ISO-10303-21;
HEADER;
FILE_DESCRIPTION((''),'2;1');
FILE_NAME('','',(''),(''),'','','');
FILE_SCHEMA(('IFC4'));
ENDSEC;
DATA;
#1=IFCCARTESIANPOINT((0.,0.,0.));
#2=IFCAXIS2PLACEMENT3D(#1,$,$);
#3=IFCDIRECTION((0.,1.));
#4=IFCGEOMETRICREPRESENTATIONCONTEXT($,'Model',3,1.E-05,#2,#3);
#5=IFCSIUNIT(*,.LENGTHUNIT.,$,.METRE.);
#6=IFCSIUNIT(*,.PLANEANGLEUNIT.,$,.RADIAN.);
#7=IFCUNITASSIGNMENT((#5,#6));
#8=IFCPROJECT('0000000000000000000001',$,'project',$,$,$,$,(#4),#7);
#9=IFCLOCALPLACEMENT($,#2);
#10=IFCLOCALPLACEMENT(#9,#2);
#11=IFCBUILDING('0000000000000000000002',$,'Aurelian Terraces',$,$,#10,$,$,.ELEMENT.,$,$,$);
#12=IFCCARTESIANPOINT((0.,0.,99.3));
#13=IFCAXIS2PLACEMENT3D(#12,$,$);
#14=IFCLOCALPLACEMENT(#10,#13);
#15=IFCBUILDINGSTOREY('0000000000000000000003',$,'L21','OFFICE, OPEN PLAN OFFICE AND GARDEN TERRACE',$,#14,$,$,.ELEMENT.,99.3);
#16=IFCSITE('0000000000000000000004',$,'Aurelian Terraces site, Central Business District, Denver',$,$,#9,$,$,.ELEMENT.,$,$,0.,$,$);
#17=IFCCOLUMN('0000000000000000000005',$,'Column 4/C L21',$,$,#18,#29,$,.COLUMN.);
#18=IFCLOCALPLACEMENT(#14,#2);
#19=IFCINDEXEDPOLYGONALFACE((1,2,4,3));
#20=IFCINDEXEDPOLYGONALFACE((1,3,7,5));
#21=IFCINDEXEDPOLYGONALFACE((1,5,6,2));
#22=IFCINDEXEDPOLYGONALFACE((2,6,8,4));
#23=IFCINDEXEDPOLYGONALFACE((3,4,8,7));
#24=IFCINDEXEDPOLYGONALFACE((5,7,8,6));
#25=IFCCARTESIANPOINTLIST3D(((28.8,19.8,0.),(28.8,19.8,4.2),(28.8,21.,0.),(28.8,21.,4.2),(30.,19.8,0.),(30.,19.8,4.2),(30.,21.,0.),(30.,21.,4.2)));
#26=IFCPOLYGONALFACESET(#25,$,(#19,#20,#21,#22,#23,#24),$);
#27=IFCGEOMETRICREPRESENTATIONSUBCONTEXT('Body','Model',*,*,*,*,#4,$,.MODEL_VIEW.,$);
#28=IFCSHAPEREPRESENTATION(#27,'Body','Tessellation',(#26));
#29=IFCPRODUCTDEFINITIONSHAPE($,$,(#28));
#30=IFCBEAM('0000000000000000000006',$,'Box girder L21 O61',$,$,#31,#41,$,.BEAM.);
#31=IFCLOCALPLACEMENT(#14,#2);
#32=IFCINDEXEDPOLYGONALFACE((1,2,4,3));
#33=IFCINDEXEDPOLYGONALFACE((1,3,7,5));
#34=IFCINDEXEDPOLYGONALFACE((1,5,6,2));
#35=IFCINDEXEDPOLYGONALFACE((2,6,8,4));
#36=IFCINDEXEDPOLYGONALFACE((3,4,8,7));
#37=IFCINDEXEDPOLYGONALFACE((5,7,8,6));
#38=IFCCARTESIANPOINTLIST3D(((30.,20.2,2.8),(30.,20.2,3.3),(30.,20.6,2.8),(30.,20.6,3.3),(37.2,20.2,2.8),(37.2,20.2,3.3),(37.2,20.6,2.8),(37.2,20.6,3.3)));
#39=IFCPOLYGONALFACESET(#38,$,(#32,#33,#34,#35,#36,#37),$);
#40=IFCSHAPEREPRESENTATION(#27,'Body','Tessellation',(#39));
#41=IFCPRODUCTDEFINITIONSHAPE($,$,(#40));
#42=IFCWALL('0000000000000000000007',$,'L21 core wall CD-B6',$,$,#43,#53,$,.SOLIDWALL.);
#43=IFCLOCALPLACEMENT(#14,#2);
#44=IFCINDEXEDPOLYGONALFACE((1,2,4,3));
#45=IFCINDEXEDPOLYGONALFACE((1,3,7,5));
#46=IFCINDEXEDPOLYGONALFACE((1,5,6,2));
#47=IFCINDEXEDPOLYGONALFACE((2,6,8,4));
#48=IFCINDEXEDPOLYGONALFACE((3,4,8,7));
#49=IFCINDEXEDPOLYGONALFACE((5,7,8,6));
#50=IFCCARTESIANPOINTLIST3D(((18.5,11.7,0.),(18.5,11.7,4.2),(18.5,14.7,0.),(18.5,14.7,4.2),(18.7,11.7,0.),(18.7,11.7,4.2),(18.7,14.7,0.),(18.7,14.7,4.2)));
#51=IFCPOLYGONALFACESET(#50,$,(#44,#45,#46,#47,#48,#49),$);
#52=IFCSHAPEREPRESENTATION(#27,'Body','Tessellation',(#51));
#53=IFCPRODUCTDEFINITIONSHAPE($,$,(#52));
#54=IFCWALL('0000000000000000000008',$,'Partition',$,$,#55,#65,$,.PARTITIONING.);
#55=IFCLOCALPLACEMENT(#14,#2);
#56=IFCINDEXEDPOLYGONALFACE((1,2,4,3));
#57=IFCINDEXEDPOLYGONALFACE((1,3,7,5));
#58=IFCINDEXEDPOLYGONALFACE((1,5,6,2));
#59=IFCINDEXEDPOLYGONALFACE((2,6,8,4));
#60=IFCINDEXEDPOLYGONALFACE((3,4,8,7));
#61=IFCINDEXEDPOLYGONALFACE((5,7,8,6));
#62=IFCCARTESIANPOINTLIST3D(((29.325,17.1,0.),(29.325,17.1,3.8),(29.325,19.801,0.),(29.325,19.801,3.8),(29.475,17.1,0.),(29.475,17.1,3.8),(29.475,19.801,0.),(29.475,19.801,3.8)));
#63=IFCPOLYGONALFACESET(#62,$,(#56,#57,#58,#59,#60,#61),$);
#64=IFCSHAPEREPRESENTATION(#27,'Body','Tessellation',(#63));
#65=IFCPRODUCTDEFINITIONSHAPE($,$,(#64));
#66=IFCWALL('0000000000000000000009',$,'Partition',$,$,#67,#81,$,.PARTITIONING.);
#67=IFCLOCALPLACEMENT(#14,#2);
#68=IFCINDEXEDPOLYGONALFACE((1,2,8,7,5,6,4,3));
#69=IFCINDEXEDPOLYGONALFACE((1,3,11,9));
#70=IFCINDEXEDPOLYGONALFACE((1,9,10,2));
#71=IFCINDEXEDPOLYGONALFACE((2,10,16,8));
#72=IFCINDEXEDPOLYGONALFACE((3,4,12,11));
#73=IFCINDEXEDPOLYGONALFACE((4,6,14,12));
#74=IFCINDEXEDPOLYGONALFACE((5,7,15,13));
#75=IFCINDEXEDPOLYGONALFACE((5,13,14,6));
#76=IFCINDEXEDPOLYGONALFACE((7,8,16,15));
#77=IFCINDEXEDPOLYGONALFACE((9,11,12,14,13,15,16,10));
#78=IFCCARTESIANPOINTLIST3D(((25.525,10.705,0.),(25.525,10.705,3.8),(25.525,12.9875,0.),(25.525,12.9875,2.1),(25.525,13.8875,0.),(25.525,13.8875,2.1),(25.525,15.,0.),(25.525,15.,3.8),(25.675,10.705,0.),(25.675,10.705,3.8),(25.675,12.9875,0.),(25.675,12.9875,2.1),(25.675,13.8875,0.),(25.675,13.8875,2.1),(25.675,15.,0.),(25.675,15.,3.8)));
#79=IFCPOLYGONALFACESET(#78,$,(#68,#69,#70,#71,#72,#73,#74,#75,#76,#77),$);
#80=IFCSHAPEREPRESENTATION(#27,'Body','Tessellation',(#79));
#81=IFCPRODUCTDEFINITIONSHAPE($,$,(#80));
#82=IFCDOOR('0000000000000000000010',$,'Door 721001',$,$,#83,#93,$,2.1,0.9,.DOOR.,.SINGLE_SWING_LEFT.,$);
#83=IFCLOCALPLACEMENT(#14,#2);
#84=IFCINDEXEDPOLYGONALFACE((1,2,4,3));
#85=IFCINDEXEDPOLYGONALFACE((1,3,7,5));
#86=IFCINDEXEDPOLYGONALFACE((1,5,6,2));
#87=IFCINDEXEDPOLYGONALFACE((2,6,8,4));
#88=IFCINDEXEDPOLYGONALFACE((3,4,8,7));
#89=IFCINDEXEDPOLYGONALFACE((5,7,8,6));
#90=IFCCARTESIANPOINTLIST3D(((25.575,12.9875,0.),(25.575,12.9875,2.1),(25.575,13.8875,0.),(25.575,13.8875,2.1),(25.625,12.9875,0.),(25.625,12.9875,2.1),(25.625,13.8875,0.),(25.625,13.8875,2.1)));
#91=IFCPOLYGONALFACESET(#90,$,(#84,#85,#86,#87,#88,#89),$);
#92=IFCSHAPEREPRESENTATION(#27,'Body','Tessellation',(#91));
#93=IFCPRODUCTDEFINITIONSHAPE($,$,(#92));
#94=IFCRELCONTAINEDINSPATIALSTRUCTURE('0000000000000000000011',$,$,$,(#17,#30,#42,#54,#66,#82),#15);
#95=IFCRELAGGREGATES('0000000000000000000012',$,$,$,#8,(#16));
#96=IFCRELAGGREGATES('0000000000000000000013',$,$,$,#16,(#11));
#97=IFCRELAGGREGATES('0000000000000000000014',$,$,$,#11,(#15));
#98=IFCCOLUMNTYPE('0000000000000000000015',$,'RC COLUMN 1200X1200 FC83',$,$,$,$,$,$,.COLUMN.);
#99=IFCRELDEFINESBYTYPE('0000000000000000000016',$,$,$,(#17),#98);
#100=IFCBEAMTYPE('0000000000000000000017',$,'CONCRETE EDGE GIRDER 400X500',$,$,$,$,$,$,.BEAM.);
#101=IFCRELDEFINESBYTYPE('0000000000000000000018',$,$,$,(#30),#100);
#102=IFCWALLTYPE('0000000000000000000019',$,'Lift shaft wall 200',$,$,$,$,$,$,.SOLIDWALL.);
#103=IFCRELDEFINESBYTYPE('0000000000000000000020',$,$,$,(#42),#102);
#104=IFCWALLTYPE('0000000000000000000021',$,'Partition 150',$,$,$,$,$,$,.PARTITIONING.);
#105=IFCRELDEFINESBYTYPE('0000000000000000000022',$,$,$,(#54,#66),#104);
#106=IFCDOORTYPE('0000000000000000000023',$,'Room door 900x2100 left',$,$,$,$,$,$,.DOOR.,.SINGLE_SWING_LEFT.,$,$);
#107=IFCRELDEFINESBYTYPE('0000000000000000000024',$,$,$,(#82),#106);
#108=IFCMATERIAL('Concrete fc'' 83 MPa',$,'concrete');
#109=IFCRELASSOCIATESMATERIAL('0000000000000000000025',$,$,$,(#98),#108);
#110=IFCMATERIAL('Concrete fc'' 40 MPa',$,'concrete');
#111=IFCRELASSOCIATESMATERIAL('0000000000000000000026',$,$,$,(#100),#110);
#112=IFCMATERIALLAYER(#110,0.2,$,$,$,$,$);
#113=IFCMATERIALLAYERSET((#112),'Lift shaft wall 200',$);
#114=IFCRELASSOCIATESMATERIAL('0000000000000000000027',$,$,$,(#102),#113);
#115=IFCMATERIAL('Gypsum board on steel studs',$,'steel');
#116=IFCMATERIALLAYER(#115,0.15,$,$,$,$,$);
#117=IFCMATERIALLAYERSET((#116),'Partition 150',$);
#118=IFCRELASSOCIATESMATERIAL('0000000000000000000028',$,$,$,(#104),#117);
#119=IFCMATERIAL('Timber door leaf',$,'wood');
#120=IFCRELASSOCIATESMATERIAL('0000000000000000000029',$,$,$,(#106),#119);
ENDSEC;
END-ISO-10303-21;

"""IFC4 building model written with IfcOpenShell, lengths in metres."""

from ifc_helpers import new_model, si_unit, direction, frame, frame_2d, origin, origin_2d, place, context, subcontext, project, spatial, rectangle, extrude, source, transform, mapped, material, layer, layer_set, material_profile, profile_set, type_object, element, fill, save


model = new_model("IFC4")

# Units and contexts
model_context = context("Model", 3, precision=1e-05, world=origin(), true_north=direction((0.0, 1.0)))
body_context = subcontext(model_context, "Body", "Model", "MODEL_VIEW")
ifc_project = project(units=[si_unit("LENGTHUNIT", "METRE"), si_unit("PLANEANGLEUNIT", "RADIAN")], contexts=[model_context])

# Site, building, storey
site_placement = place(None, origin())
site = spatial("IfcSite", under=ifc_project, at=site_placement, Name="Aurelian Terraces site, Central Business District, Denver", CompositionType="ELEMENT", RefElevation=0.0)
building_placement = place(site_placement, origin())
building = spatial("IfcBuilding", under=site, at=building_placement, Name="Aurelian Terraces", CompositionType="ELEMENT")
storey_placement = place(building_placement, frame((0.0, 0.0, 99.3)))
storey = spatial("IfcBuildingStorey", under=building, at=storey_placement, Name="L21", Description="OFFICE, OPEN PLAN OFFICE AND GARDEN TERRACE", CompositionType="ELEMENT", Elevation=99.3)

# Column
ifc_material_1 = material(Name="Concrete fc' 83 MPa", Category="concrete")
ifc_material_profile_1 = material_profile(ifc_material_1, rectangle(XDim=1.2, YDim=1.2, at=origin_2d()))
ifc_profile_set_1 = profile_set([ifc_material_profile_1], Name="Concrete fc' 83 MPa")
column_type = type_object("IfcColumnType", Name="RC COLUMN 1200X1200 FC83", PredefinedType="COLUMN", material=ifc_profile_set_1)
shared_shape_1 = source(origin(), body_context, "Body", "SweptSolid", [
    extrude(rectangle(XDim=1.2, YDim=1.2, at=origin_2d()), origin(), (0.0, 0.0, 1.0), 4.2),
])
column_placement = place(storey_placement, frame((29.4, 20.4, 0.0), z_axis=(0.0, 0.0, 1.0), x_axis=(1.0, 0.0, 0.0)))
element("IfcColumn", 1, at=column_placement, inside=storey, type_object=column_type, Name="Column 4/C L21", PredefinedType="COLUMN", context=body_context, shape_type="MappedRepresentation", body=[
    mapped(shared_shape_1, transform((0.0, 0.0, 0.0), scale=1.0)),
])

# Beam
ifc_material_2 = material(Name="Concrete fc' 40 MPa", Category="concrete")
ifc_material_profile_2 = material_profile(ifc_material_2, rectangle(XDim=0.4, YDim=0.5, at=origin_2d()))
ifc_profile_set_2 = profile_set([ifc_material_profile_2], Name="Concrete fc' 40 MPa")
beam_type = type_object("IfcBeamType", Name="CONCRETE EDGE GIRDER 400X500", PredefinedType="BEAM", material=ifc_profile_set_2)
shared_shape_2 = source(origin(), body_context, "Body", "SweptSolid", [
    extrude(rectangle(XDim=0.4, YDim=0.5, at=origin_2d()), origin(), (0.0, 0.0, 1.0), 7.2),
])
beam_placement = place(storey_placement, frame((30.0, 20.4, 3.05), z_axis=(1.0, 0.0, 0.0), x_axis=(0.0, 1.0, 0.0)))
element("IfcBeam", 2, at=beam_placement, inside=storey, type_object=beam_type, Name="Box girder L21 O61", PredefinedType="BEAM", context=body_context, shape_type="MappedRepresentation", body=[
    mapped(shared_shape_2, transform((0.0, 0.0, 0.0), scale=1.0)),
])

# Walls
ifc_layer_1 = layer(ifc_material_2, 0.2)
ifc_layer_set_1 = layer_set([ifc_layer_1], Name="Lift shaft wall 200")
wall_type_1 = type_object("IfcWallType", Name="Lift shaft wall 200", PredefinedType="SOLIDWALL", material=ifc_layer_set_1)
shared_shape_3 = source(origin(), body_context, "Body", "SweptSolid", [
    extrude(rectangle(XDim=3.0, YDim=0.2, at=frame_2d((1.5, 0.0))), origin(), (0.0, 0.0, 1.0), 4.2),
])
wall_1_placement = place(storey_placement, frame((18.6, 11.7, 0.0), z_axis=(0.0, 0.0, 1.0), x_axis=(0.0, 1.0, 0.0)))
element("IfcWall", 3, at=wall_1_placement, inside=storey, type_object=wall_type_1, Name="L21 core wall CD-B6", PredefinedType="SOLIDWALL", context=body_context, shape_type="MappedRepresentation", body=[
    mapped(shared_shape_3, transform((0.0, 0.0, 0.0), scale=1.0)),
])
ifc_material_3 = material(Name="Gypsum board on steel studs", Category="steel")
ifc_layer_2 = layer(ifc_material_3, 0.15)
ifc_layer_set_2 = layer_set([ifc_layer_2], Name="Partition 150")
wall_type_2 = type_object("IfcWallType", Name="Partition 150", PredefinedType="PARTITIONING", material=ifc_layer_set_2)
shared_shape_4 = source(origin(), body_context, "Body", "SweptSolid", [
    extrude(rectangle(XDim=2.701, YDim=0.15, at=frame_2d((1.3505, 0.0))), origin(), (0.0, 0.0, 1.0), 3.8),
])
wall_2_placement = place(storey_placement, frame((29.4, 17.1, 0.0), z_axis=(0.0, 0.0, 1.0), x_axis=(0.0, 1.0, 0.0)))
element("IfcWall", 4, at=wall_2_placement, inside=storey, type_object=wall_type_2, Name="Partition", PredefinedType="PARTITIONING", context=body_context, shape_type="MappedRepresentation", body=[
    mapped(shared_shape_4, transform((0.0, 0.0, 0.0), scale=1.0)),
])

# Wall, opening, door
shared_shape_5 = source(origin(), body_context, "Body", "SweptSolid", [
    extrude(rectangle(XDim=4.295, YDim=0.15, at=frame_2d((2.1475, 0.0))), origin(), (0.0, 0.0, 1.0), 3.8),
])
wall_3_placement = place(storey_placement, frame((25.6, 15.0, 0.0), z_axis=(0.0, 0.0, 1.0), x_axis=(0.0, -1.0, 0.0)))
wall_3 = element("IfcWall", 5, at=wall_3_placement, inside=storey, type_object=wall_type_2, Name="Partition", PredefinedType="PARTITIONING", context=body_context, shape_type="MappedRepresentation", body=[
    mapped(shared_shape_5, transform((0.0, 0.0, 0.0), scale=1.0)),
])
shared_shape_6 = source(origin(), body_context, "Body", "SweptSolid", [
    extrude(rectangle(XDim=0.9, YDim=2.1, at=frame_2d((0.45, 1.05))), frame((0.0, 0.085, 0.0), z_axis=(0.0, -1.0, 0.0), x_axis=(1.0, 0.0, 0.0)), (0.0, 0.0, 1.0), 0.17),
])
opening_1_placement = place(wall_3_placement, frame((1.1125, 0.0, 0.0)))
opening_1 = element("IfcOpeningElement", 6, at=opening_1_placement, cuts=wall_3, PredefinedType="OPENING", context=body_context, shape_type="MappedRepresentation", body=[
    mapped(shared_shape_6, transform((0.0, 0.0, 0.0), scale=1.0)),
])
ifc_material_4 = material(Name="Timber door leaf", Category="wood")
door_type_1 = type_object("IfcDoorType", Name="Room door 900x2100 left", OperationType="SINGLE_SWING_LEFT", PredefinedType="DOOR", material=ifc_material_4)
shared_shape_7 = source(origin(), body_context, "Body", "SweptSolid", [
    extrude(rectangle(XDim=0.9, YDim=2.1, at=frame_2d((0.45, 1.05))), frame((0.0, 0.025, 0.0), z_axis=(0.0, -1.0, 0.0), x_axis=(1.0, 0.0, 0.0)), (0.0, 0.0, 1.0), 0.05),
])
door_1_placement = place(opening_1_placement, origin())
door_1 = element("IfcDoor", 7, at=door_1_placement, inside=storey, type_object=door_type_1, Name="Door 721001", OperationType="SINGLE_SWING_LEFT", OverallHeight=2.1, OverallWidth=0.9, PredefinedType="DOOR", context=body_context, shape_type="MappedRepresentation", body=[
    mapped(shared_shape_7, transform((0.0, 0.0, 0.0), scale=1.0)),
])
fill(opening_1, door_1)

save(model, "model.ifc")
